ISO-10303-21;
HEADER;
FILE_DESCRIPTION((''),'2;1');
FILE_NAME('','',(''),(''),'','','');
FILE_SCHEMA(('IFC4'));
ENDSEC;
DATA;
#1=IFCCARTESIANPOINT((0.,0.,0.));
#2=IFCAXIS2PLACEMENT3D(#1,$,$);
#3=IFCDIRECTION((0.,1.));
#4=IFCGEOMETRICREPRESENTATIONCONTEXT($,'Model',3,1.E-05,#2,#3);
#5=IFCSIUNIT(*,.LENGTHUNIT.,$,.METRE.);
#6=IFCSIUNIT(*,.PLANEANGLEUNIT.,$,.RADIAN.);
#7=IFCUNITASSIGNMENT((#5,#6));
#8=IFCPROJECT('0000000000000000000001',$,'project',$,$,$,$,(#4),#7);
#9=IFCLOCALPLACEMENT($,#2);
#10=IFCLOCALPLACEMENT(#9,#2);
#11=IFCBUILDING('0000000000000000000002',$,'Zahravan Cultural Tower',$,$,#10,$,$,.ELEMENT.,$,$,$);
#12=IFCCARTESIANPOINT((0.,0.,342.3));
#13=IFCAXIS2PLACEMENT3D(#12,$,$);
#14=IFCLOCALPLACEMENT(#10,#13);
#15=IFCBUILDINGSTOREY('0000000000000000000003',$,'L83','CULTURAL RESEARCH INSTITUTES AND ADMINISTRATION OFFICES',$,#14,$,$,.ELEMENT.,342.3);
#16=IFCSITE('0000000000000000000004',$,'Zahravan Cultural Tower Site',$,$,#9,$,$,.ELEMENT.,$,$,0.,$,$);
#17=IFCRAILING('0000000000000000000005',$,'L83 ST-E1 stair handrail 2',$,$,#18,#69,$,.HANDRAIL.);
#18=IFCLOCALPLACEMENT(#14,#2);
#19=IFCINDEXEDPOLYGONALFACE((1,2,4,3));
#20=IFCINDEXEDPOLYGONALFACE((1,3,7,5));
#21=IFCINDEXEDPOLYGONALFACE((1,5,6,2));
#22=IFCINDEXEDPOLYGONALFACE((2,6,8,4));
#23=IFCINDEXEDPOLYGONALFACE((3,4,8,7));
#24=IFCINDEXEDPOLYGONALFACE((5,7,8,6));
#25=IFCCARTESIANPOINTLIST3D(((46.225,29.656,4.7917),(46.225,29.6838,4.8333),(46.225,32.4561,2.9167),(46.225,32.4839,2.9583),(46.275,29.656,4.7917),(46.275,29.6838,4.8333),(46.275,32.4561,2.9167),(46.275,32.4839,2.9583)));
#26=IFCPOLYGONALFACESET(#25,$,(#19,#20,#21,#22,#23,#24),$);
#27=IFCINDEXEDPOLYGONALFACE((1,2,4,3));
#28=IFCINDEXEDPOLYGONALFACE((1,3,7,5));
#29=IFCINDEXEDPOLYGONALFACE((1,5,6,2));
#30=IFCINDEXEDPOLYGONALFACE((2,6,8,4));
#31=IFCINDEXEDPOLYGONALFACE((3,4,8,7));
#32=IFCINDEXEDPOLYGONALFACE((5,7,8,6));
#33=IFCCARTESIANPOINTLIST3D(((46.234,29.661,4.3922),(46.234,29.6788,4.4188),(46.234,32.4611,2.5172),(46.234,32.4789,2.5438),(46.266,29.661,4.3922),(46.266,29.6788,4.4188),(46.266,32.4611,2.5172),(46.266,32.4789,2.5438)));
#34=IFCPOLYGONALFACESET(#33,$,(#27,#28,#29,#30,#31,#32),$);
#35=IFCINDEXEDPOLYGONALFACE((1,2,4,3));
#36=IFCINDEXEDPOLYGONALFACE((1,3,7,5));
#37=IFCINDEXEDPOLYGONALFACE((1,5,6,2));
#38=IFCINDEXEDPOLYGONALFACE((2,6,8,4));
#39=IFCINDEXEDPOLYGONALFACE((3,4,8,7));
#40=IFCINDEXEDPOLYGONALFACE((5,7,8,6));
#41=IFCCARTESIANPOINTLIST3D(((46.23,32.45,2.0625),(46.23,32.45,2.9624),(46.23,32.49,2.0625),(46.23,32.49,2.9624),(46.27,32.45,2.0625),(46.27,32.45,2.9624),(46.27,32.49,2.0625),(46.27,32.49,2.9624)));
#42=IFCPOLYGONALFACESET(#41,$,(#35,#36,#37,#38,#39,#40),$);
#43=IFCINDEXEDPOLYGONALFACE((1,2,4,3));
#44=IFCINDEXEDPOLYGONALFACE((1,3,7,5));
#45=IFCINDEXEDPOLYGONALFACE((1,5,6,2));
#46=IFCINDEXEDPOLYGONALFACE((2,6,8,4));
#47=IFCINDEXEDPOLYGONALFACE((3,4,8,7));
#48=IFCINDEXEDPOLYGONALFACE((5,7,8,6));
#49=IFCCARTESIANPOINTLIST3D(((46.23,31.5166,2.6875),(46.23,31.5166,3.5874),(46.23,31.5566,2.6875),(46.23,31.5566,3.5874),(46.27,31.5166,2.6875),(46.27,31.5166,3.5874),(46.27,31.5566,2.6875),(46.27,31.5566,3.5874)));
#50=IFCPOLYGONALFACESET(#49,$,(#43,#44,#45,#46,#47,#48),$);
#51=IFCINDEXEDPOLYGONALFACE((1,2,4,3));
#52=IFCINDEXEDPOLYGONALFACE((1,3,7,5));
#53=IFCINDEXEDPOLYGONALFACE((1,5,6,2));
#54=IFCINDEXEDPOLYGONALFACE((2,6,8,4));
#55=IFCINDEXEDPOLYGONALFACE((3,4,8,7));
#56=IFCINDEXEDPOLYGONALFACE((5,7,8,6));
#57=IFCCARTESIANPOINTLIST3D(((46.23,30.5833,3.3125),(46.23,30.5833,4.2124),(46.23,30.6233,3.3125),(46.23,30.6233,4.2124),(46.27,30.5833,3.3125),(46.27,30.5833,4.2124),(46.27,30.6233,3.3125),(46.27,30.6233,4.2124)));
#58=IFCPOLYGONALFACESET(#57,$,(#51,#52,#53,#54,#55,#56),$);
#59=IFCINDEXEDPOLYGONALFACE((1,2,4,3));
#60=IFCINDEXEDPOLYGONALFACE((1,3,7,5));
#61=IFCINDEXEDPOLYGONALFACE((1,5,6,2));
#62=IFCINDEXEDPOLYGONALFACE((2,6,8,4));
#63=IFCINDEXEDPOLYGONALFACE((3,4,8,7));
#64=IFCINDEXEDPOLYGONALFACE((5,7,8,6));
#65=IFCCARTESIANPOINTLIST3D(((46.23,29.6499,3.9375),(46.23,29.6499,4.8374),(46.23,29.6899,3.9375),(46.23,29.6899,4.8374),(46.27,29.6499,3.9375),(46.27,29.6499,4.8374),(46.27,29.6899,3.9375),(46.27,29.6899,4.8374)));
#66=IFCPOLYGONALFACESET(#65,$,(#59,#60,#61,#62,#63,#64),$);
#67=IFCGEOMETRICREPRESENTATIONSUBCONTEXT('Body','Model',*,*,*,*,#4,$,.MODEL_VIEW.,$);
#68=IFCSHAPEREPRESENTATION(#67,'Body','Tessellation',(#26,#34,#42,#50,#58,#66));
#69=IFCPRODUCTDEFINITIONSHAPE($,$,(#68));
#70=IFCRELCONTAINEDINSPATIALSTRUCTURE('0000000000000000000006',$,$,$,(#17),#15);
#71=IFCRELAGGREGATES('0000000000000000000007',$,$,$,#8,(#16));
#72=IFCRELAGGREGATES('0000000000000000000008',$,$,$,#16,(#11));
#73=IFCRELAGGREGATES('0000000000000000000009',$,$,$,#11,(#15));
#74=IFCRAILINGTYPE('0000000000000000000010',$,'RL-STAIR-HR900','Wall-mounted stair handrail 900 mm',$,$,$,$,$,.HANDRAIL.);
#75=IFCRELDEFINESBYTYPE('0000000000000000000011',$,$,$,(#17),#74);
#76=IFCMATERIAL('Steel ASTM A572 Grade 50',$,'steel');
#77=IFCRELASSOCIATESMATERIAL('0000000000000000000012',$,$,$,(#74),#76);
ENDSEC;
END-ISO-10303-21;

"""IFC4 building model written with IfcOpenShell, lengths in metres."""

from ifc_helpers import new_model, si_unit, direction, frame, origin, origin_2d, place, context, subcontext, project, spatial, rectangle, extrude, material, type_object, element, save


model = new_model("IFC4")

# Units and contexts
model_context = context("Model", 3, precision=1e-05, world=origin(), true_north=direction((0.0, 1.0)))
body_context = subcontext(model_context, "Body", "Model", "MODEL_VIEW")
ifc_project = project(units=[si_unit("LENGTHUNIT", "METRE"), si_unit("PLANEANGLEUNIT", "RADIAN")], contexts=[model_context])

# Site, building, storey
site_placement = place(None, origin())
site = spatial("IfcSite", under=ifc_project, at=site_placement, Name="Zahravan Cultural Tower Site", CompositionType="ELEMENT", RefElevation=0.0)
building_placement = place(site_placement, origin())
building = spatial("IfcBuilding", under=site, at=building_placement, Name="Zahravan Cultural Tower", CompositionType="ELEMENT")
storey_placement = place(building_placement, frame((0.0, 0.0, 342.3)))
storey = spatial("IfcBuildingStorey", under=building, at=storey_placement, Name="L83", Description="CULTURAL RESEARCH INSTITUTES AND ADMINISTRATION OFFICES", CompositionType="ELEMENT", Elevation=342.3)

# Shared definitions
ifc_material_1 = material(Name="Steel ASTM A572 Grade 50", Category="steel")

# Railing
railing_type_1 = type_object("IfcRailingType", Name="RL-STAIR-HR900", Description="Wall-mounted stair handrail 900 mm", PredefinedType="HANDRAIL", material=ifc_material_1)
railing_1_placement = place(storey_placement, frame((46.25, 32.47, 2.0625)))
element("IfcRailing", 1, at=railing_1_placement, inside=storey, type_object=railing_type_1, Name="L83 ST-E1 stair handrail 2", PredefinedType="HANDRAIL", context=body_context, shape_type="SweptSolid", body=[
    extrude(rectangle(XDim=0.05, YDim=0.05, at=origin_2d()), frame((0.0, 0.0, 0.875), z_axis=(0.0, -0.830912, 0.556404), x_axis=(1.0, 0.0, 0.0)), (0.0, 0.0, 1.0), 3.3699),
    extrude(rectangle(XDim=0.032, YDim=0.032, at=origin_2d()), frame((0.0, 0.0, 0.468), z_axis=(0.0, -0.830912, 0.556404), x_axis=(1.0, 0.0, 0.0)), (0.0, 0.0, 1.0), 3.3699),
    extrude(rectangle(XDim=0.04, YDim=0.04, at=origin_2d()), origin(), (0.0, 0.0, 1.0), 0.8999),
    extrude(rectangle(XDim=0.04, YDim=0.04, at=origin_2d()), frame((0.0, -0.9333, 0.625)), (0.0, 0.0, 1.0), 0.8999),
    extrude(rectangle(XDim=0.04, YDim=0.04, at=origin_2d()), frame((0.0, -1.8667, 1.25)), (0.0, 0.0, 1.0), 0.8999),
    extrude(rectangle(XDim=0.04, YDim=0.04, at=origin_2d()), frame((0.0, -2.8, 1.875)), (0.0, 0.0, 1.0), 0.8999),
])

save(model, "model.ifc")
